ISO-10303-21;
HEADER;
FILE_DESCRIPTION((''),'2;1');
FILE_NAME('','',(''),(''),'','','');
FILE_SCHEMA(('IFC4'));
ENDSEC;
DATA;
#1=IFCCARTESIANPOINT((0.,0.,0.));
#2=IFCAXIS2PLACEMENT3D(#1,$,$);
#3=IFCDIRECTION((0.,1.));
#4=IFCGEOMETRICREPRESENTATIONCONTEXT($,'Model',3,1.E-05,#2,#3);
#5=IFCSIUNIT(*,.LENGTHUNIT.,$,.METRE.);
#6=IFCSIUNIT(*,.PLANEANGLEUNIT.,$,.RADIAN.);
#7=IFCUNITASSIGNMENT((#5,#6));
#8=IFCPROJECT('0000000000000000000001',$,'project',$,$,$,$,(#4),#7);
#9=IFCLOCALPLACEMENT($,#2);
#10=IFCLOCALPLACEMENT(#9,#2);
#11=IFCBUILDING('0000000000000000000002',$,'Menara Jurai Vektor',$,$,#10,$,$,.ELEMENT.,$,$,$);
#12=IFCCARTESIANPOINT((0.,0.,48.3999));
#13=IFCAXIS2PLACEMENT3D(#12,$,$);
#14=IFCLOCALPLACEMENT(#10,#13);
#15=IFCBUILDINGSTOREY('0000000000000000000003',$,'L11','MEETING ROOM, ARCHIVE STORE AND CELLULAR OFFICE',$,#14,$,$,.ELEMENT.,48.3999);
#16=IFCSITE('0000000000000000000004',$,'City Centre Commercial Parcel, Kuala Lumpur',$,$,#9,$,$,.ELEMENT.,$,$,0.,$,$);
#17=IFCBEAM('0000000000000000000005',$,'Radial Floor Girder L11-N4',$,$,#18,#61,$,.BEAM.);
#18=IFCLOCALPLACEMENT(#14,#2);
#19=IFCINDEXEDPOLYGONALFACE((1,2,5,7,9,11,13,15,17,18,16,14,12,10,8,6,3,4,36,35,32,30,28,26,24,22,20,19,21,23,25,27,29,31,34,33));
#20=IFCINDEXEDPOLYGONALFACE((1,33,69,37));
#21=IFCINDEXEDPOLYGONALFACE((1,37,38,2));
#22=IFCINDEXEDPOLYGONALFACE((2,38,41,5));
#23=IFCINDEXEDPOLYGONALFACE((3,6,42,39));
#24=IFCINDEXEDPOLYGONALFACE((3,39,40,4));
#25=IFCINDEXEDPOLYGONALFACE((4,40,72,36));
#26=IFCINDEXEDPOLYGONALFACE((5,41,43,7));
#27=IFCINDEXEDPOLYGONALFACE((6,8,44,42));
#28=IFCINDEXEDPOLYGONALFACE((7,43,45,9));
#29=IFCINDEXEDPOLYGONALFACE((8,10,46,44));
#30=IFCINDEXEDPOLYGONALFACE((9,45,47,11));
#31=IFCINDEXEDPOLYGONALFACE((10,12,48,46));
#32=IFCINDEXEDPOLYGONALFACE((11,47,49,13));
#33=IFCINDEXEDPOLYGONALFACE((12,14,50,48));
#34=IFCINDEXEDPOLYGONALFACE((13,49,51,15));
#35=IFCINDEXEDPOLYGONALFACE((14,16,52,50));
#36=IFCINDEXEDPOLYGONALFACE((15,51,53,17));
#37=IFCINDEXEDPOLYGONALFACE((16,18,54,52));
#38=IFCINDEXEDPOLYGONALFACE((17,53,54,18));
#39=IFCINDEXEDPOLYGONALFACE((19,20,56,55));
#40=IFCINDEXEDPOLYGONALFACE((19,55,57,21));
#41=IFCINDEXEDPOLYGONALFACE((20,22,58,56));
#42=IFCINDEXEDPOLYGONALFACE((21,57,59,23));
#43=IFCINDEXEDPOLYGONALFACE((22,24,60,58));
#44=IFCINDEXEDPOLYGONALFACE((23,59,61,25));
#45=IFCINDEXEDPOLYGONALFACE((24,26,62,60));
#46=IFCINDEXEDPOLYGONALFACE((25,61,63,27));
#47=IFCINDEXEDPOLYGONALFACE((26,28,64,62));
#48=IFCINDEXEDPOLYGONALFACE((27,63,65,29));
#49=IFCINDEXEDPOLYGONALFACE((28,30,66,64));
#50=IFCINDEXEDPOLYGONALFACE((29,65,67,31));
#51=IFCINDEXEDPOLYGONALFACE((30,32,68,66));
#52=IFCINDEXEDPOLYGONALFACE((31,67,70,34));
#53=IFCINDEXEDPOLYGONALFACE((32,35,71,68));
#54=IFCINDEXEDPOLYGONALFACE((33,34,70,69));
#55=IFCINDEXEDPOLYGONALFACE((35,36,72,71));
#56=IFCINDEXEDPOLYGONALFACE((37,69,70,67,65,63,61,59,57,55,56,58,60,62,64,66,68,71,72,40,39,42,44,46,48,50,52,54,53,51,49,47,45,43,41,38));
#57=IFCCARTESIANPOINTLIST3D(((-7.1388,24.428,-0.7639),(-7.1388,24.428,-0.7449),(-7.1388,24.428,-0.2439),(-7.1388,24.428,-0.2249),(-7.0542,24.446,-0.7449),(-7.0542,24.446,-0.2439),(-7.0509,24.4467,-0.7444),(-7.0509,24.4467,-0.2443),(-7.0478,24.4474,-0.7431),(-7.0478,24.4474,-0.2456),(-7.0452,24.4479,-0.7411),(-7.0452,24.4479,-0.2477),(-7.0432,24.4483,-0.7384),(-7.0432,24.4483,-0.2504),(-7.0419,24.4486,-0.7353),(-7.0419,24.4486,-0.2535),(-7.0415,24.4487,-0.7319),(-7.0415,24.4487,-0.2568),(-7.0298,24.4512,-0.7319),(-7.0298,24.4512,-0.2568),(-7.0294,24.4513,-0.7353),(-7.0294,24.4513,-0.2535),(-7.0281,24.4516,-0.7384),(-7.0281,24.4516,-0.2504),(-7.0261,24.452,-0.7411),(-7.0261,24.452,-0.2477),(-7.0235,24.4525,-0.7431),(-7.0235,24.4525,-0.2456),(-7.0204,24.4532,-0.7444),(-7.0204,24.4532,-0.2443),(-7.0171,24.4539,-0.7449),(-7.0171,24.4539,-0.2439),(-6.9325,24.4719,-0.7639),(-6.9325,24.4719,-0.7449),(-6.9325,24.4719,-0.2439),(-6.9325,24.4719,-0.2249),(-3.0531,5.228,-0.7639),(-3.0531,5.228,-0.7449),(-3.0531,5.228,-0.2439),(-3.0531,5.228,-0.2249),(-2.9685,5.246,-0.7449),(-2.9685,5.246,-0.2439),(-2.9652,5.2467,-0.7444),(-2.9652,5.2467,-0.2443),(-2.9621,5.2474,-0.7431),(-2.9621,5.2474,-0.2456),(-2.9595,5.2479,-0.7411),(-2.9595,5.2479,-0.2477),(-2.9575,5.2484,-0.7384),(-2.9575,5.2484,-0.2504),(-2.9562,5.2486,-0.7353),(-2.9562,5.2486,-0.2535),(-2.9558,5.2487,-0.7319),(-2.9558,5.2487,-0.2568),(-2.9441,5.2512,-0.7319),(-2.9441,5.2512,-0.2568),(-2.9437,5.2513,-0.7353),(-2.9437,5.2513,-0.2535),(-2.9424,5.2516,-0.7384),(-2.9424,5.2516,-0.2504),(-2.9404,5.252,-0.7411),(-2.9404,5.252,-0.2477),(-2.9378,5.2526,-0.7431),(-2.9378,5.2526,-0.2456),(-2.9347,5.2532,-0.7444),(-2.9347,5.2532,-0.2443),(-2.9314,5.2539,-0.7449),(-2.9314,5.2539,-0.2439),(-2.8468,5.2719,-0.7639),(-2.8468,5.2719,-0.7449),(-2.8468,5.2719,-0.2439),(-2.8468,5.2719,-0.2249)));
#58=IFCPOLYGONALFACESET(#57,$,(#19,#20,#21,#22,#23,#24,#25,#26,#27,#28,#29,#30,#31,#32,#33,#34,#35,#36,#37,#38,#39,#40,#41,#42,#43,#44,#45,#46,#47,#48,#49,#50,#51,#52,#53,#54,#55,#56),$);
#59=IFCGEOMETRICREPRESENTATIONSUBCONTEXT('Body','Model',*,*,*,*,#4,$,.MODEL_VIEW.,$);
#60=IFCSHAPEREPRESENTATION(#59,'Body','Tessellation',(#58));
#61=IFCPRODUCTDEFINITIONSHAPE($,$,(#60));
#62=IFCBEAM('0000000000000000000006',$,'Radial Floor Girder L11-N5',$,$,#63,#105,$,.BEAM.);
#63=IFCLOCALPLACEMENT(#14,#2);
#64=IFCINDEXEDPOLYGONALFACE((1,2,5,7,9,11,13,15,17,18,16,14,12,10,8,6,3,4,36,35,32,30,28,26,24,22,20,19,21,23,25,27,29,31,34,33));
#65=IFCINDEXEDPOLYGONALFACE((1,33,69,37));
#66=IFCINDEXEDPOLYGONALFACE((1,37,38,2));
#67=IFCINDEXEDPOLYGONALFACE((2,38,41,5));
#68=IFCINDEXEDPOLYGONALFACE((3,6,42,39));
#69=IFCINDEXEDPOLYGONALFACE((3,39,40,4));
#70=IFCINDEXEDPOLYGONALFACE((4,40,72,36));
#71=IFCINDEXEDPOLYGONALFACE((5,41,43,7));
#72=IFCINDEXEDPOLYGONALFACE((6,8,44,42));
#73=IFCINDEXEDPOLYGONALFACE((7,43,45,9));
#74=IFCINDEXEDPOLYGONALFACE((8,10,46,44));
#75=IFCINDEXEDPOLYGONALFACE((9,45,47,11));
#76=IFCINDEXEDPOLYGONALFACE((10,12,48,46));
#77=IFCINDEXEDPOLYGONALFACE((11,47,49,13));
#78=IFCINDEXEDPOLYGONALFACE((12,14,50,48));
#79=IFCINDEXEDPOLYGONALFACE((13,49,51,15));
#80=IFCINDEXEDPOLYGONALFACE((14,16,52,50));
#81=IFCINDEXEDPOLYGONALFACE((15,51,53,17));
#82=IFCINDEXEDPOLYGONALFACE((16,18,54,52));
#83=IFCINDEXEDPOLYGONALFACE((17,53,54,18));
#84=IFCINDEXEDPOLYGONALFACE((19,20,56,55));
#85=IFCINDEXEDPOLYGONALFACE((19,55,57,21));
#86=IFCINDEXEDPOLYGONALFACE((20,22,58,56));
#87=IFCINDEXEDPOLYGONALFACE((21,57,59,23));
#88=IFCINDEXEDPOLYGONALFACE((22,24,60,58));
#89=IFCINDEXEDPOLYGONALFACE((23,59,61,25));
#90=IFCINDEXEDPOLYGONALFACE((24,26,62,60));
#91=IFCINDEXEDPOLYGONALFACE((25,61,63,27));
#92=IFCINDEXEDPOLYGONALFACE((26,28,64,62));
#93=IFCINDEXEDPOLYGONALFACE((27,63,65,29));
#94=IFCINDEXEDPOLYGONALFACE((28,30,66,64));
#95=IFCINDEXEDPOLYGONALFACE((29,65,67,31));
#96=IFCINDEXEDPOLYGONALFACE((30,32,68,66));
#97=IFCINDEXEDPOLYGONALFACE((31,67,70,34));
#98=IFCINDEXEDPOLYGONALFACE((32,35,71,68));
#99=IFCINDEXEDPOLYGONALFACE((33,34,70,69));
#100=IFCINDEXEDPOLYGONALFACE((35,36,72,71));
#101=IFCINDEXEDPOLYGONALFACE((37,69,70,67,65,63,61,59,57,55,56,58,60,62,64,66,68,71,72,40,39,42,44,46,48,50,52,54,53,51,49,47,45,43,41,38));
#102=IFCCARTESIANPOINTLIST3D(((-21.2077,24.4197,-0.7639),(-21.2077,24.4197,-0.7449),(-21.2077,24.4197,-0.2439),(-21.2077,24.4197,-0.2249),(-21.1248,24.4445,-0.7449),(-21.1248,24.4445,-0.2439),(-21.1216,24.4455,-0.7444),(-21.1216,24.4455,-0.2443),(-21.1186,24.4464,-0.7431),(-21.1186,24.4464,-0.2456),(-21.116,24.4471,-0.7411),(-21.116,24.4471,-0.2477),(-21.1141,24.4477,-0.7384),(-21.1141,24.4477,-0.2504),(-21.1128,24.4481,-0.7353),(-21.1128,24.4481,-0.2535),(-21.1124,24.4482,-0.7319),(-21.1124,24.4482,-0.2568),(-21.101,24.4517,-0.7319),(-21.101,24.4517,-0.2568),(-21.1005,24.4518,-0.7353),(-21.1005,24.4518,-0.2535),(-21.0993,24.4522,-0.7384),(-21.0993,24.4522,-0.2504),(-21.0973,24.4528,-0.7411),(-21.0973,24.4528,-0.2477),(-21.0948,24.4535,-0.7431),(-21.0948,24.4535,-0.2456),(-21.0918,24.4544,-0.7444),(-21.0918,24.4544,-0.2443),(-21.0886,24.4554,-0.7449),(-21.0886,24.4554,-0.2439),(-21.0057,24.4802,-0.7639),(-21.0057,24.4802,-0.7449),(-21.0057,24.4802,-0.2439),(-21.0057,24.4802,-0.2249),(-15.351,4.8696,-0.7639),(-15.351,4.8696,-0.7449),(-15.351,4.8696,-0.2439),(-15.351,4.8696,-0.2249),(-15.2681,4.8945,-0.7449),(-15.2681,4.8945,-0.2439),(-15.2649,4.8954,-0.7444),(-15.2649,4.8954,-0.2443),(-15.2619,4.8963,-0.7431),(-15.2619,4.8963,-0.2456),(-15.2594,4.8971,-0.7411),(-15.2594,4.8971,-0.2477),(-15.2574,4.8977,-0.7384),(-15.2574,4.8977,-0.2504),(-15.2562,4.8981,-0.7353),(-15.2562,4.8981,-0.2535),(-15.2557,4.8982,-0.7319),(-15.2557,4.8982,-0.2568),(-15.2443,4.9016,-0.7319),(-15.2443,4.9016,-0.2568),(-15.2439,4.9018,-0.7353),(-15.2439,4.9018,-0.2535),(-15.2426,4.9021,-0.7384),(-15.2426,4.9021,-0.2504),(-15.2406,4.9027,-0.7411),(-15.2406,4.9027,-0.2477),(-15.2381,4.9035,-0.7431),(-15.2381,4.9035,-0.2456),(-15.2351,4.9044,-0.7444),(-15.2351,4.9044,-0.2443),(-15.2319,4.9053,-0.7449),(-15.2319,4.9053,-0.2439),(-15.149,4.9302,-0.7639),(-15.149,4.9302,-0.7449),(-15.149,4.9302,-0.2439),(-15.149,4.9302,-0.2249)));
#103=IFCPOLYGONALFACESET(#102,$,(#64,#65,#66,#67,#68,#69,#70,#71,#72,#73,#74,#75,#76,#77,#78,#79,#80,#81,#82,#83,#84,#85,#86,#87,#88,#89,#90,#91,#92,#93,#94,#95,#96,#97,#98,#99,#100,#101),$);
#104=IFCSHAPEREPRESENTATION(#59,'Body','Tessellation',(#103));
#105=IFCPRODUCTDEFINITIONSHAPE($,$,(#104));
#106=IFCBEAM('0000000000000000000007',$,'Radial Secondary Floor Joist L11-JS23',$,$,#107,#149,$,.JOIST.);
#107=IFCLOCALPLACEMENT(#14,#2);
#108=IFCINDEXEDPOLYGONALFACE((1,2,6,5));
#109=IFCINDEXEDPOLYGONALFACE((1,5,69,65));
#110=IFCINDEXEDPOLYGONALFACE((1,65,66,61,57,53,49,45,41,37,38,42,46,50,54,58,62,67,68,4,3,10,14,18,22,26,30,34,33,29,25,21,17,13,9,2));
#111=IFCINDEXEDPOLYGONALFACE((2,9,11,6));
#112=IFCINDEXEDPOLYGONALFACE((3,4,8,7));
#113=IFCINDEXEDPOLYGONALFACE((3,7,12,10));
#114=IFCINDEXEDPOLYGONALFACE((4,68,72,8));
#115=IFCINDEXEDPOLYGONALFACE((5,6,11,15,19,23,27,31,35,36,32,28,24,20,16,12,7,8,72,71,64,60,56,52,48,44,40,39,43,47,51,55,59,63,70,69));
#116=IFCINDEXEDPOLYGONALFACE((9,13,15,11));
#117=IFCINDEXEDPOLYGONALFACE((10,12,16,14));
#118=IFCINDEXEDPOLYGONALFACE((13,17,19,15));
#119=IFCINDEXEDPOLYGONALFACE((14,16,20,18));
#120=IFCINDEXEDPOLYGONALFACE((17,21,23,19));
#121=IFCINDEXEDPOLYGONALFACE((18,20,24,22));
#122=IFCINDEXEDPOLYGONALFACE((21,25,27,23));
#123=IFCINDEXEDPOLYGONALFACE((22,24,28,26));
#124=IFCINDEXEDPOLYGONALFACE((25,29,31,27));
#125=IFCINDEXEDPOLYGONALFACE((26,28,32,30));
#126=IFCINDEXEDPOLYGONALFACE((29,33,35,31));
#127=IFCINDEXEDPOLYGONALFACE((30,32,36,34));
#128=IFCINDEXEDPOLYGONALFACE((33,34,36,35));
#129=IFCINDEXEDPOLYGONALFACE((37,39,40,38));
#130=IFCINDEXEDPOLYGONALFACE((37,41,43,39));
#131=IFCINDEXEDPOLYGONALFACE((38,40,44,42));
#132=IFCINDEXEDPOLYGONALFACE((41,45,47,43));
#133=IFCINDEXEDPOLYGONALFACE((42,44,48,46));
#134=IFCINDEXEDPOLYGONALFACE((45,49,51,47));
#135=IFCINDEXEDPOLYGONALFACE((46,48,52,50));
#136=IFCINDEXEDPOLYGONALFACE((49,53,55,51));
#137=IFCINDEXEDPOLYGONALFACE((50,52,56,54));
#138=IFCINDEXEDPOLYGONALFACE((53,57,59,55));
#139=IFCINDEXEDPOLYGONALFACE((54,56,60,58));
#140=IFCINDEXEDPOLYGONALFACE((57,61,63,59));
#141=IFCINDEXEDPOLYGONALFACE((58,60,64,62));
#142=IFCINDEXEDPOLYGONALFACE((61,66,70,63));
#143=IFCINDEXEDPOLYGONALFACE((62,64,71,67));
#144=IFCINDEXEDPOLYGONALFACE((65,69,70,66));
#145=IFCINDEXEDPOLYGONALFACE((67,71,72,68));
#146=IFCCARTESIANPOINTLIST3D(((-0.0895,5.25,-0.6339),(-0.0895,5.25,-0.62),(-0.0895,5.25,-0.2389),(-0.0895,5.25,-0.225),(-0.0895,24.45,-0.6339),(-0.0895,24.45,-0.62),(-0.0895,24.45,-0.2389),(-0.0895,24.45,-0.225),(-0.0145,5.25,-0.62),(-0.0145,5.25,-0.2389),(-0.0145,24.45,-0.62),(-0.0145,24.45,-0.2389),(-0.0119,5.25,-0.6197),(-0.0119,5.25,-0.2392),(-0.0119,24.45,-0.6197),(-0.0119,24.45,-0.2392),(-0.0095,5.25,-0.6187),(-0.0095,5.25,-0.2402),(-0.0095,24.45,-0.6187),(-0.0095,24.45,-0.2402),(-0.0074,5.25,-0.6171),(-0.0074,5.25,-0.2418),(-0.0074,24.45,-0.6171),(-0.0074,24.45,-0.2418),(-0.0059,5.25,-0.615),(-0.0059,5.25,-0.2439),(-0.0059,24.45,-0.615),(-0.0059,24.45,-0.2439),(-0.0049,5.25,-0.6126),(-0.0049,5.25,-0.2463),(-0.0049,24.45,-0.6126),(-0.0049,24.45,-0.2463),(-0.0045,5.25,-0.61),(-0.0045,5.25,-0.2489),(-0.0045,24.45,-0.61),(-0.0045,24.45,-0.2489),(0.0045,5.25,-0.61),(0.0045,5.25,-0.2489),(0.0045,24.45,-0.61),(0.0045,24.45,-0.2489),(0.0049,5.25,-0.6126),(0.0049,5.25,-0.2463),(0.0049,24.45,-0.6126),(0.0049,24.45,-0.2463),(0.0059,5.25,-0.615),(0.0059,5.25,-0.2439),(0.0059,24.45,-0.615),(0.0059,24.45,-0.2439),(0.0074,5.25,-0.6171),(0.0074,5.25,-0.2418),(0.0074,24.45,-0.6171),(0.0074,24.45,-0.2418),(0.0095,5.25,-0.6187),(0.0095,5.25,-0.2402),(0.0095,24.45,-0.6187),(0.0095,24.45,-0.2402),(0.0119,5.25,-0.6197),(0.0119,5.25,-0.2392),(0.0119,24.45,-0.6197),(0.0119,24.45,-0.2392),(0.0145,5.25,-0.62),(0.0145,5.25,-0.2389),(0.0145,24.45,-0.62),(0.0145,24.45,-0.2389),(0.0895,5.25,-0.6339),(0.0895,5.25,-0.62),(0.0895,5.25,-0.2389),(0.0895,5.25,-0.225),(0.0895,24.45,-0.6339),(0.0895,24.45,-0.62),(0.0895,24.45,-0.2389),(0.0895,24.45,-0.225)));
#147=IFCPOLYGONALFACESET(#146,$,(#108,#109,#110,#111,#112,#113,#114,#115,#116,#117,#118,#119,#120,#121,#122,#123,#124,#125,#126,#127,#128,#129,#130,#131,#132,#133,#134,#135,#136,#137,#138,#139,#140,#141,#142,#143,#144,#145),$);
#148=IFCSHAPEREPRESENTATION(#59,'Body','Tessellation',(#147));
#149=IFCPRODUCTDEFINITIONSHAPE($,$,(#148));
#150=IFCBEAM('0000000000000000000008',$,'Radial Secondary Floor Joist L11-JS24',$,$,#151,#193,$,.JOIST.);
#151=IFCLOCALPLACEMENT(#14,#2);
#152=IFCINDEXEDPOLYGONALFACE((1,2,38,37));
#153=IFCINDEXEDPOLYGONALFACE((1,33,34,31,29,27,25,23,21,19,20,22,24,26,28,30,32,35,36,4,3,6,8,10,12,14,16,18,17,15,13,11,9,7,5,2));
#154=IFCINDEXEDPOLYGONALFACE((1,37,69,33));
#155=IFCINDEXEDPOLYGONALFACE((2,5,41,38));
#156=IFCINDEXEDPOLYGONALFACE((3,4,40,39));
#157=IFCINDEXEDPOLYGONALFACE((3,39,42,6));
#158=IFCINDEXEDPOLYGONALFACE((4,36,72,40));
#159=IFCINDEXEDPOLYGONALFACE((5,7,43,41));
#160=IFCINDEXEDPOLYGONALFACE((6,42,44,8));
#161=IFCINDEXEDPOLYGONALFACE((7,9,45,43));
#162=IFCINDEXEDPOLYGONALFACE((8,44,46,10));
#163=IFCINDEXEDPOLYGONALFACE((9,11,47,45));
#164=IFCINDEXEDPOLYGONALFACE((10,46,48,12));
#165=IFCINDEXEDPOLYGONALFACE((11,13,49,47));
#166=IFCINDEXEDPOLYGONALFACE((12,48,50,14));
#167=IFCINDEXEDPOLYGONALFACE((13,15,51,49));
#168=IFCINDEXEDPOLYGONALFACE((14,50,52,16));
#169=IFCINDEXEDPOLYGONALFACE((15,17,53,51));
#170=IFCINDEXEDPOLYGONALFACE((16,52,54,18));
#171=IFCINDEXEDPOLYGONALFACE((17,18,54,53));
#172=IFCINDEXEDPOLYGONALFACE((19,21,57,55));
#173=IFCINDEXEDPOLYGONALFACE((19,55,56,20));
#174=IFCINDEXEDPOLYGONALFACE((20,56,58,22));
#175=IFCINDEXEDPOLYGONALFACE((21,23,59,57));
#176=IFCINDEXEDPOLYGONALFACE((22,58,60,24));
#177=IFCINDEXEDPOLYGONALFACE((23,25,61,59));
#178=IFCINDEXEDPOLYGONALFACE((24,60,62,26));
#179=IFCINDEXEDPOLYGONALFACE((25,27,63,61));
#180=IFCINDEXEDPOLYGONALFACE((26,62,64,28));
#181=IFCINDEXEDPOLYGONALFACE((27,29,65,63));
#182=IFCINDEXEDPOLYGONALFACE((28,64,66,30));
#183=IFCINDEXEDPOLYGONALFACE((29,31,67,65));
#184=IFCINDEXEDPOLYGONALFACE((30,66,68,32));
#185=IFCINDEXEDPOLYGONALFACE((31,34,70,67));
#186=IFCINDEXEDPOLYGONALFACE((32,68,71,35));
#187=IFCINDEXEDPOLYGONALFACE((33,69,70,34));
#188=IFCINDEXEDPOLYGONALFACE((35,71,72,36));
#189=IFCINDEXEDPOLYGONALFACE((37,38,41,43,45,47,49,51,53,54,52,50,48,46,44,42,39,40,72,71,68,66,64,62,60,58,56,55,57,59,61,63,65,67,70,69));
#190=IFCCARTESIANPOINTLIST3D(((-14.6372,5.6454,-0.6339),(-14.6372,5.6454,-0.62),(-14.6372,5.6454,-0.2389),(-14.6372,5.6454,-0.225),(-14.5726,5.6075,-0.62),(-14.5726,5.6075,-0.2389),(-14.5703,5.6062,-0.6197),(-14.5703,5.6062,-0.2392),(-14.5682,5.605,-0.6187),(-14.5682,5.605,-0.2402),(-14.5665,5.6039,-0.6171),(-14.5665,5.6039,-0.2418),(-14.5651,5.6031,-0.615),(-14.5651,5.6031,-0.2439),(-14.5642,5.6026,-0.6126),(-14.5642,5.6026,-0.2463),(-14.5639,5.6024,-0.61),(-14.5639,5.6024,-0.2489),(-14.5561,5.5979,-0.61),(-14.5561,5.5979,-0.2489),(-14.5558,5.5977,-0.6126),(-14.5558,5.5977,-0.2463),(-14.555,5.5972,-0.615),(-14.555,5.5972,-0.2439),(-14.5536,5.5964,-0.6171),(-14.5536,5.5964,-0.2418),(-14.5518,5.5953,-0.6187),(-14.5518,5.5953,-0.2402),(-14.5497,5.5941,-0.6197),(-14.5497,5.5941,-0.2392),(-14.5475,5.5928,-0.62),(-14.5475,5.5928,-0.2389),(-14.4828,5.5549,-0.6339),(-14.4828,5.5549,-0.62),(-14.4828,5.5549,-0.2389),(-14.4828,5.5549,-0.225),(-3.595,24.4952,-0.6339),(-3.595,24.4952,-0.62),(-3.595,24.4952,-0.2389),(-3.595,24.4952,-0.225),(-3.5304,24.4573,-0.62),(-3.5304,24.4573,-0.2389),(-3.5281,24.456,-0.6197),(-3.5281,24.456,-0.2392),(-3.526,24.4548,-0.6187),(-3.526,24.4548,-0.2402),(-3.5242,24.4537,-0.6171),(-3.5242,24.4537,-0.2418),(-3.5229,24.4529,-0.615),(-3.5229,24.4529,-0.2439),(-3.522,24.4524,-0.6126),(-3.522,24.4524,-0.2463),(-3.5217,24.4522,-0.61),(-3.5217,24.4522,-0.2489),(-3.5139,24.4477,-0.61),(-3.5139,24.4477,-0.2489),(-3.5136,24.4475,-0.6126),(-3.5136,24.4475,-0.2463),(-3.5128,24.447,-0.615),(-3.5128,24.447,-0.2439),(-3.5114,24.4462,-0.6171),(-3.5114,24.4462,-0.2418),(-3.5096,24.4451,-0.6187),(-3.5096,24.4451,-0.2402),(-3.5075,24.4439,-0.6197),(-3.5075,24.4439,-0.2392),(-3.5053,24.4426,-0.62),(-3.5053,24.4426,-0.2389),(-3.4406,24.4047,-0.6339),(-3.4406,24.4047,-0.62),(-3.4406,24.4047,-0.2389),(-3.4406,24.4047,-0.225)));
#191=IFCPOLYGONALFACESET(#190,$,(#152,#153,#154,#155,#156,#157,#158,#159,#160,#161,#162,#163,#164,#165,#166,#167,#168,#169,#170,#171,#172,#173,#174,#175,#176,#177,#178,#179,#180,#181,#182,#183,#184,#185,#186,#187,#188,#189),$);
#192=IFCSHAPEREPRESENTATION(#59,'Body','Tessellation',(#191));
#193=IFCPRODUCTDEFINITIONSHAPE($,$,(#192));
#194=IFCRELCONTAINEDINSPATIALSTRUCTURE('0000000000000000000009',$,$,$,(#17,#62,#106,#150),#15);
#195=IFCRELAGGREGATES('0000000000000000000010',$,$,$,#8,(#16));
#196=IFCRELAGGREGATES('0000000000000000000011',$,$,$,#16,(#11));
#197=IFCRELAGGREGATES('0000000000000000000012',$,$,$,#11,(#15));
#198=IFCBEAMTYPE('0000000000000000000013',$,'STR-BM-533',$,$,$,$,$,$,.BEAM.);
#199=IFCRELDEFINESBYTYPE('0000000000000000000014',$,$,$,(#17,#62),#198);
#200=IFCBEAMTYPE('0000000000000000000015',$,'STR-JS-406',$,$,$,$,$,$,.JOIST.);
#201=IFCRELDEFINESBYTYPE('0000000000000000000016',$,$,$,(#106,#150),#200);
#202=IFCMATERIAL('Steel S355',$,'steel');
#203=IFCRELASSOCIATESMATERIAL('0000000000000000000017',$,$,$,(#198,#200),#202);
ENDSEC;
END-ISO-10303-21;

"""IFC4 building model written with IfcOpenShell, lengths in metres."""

from ifc_helpers import new_model, si_unit, direction, frame, origin, origin_2d, place, context, subcontext, project, spatial, i_section, extrude, material, material_profile, profile_set, type_object, element, save


model = new_model("IFC4")

# Units and contexts
model_context = context("Model", 3, precision=1e-05, world=origin(), true_north=direction((0.0, 1.0)))
body_context = subcontext(model_context, "Body", "Model", "MODEL_VIEW")
ifc_project = project(units=[si_unit("LENGTHUNIT", "METRE"), si_unit("PLANEANGLEUNIT", "RADIAN")], contexts=[model_context])

# Site, building, storey
site_placement = place(None, origin())
site = spatial("IfcSite", under=ifc_project, at=site_placement, Name="City Centre Commercial Parcel, Kuala Lumpur", CompositionType="ELEMENT", RefElevation=0.0)
building_placement = place(site_placement, origin())
building = spatial("IfcBuilding", under=site, at=building_placement, Name="Menara Jurai Vektor", CompositionType="ELEMENT")
storey_placement = place(building_placement, frame((0.0, 0.0, 48.3999)))
storey = spatial("IfcBuildingStorey", under=building, at=storey_placement, Name="L11", Description="MEETING ROOM, ARCHIVE STORE AND CELLULAR OFFICE", CompositionType="ELEMENT", Elevation=48.3999)

# Beams
ifc_material_1 = material(Name="Steel S355", Category="steel")
ifc_material_profile_1 = material_profile(ifc_material_1, i_section(OverallWidth=0.2109, OverallDepth=0.5391, WebThickness=0.012, FlangeThickness=0.019, FilletRadius=0.0129, at=origin_2d()), Name="UKB 533x210x109")
ifc_profile_set_1 = profile_set([ifc_material_profile_1], Name="Steel S355")
beam_type_1 = type_object("IfcBeamType", Name="STR-BM-533", PredefinedType="BEAM", material=ifc_profile_set_1)
beam_1_placement = place(storey_placement, frame((-7.0356, 24.45, -0.4944), z_axis=(0.208137, -0.9781, 0.0), x_axis=(0.9781, 0.208137, 0.0)))
element("IfcBeam", 1, at=beam_1_placement, inside=storey, type_object=beam_type_1, Name="Radial Floor Girder L11-N4", PredefinedType="BEAM", context=body_context, shape_type="SweptSolid", body=[
    extrude(i_section(OverallWidth=0.2109, OverallDepth=0.5391, WebThickness=0.012, FlangeThickness=0.019, FilletRadius=0.0129, at=origin_2d()), origin(), (0.0, 0.0, 1.0), 19.6299),
])
beam_2_placement = place(storey_placement, frame((-21.1067, 24.45, -0.4944), z_axis=(0.286974, -0.957938, 0.0), x_axis=(0.957938, 0.286974, 0.0)))
element("IfcBeam", 2, at=beam_2_placement, inside=storey, type_object=beam_type_1, Name="Radial Floor Girder L11-N5", PredefinedType="BEAM", context=body_context, shape_type="SweptSolid", body=[
    extrude(i_section(OverallWidth=0.2109, OverallDepth=0.5391, WebThickness=0.012, FlangeThickness=0.019, FilletRadius=0.0129, at=origin_2d()), origin(), (0.0, 0.0, 1.0), 20.4084),
])
ifc_material_profile_2 = material_profile(ifc_material_1, i_section(OverallWidth=0.179, OverallDepth=0.4089, WebThickness=0.009, FlangeThickness=0.0139, FilletRadius=0.01, at=origin_2d()), Name="UKB 406x178x67")
ifc_profile_set_2 = profile_set([ifc_material_profile_2], Name="Steel S355")
beam_type_2 = type_object("IfcBeamType", Name="STR-JS-406", PredefinedType="JOIST", material=ifc_profile_set_2)
beam_3_placement = place(storey_placement, frame((0.0, 24.45, -0.4294), z_axis=(0.0, -1.0, 0.0), x_axis=(1.0, 0.0, 0.0)))
element("IfcBeam", 3, at=beam_3_placement, inside=storey, type_object=beam_type_2, Name="Radial Secondary Floor Joist L11-JS23", PredefinedType="JOIST", context=body_context, shape_type="SweptSolid", body=[
    extrude(i_section(OverallWidth=0.179, OverallDepth=0.4089, WebThickness=0.009, FlangeThickness=0.0139, FilletRadius=0.01, at=origin_2d()), origin(), (0.0, 0.0, 1.0), 19.2),
])
beam_4_placement = place(storey_placement, frame((-3.5178, 24.45, -0.4294), z_axis=(-0.505458, -0.862851, 0.0), x_axis=(0.862851, -0.505458, 0.0)))
element("IfcBeam", 4, at=beam_4_placement, inside=storey, type_object=beam_type_2, Name="Radial Secondary Floor Joist L11-JS24", PredefinedType="JOIST", context=body_context, shape_type="SweptSolid", body=[
    extrude(i_section(OverallWidth=0.179, OverallDepth=0.4089, WebThickness=0.009, FlangeThickness=0.0139, FilletRadius=0.01, at=origin_2d()), origin(), (0.0, 0.0, 1.0), 21.8459),
])

save(model, "model.ifc")
